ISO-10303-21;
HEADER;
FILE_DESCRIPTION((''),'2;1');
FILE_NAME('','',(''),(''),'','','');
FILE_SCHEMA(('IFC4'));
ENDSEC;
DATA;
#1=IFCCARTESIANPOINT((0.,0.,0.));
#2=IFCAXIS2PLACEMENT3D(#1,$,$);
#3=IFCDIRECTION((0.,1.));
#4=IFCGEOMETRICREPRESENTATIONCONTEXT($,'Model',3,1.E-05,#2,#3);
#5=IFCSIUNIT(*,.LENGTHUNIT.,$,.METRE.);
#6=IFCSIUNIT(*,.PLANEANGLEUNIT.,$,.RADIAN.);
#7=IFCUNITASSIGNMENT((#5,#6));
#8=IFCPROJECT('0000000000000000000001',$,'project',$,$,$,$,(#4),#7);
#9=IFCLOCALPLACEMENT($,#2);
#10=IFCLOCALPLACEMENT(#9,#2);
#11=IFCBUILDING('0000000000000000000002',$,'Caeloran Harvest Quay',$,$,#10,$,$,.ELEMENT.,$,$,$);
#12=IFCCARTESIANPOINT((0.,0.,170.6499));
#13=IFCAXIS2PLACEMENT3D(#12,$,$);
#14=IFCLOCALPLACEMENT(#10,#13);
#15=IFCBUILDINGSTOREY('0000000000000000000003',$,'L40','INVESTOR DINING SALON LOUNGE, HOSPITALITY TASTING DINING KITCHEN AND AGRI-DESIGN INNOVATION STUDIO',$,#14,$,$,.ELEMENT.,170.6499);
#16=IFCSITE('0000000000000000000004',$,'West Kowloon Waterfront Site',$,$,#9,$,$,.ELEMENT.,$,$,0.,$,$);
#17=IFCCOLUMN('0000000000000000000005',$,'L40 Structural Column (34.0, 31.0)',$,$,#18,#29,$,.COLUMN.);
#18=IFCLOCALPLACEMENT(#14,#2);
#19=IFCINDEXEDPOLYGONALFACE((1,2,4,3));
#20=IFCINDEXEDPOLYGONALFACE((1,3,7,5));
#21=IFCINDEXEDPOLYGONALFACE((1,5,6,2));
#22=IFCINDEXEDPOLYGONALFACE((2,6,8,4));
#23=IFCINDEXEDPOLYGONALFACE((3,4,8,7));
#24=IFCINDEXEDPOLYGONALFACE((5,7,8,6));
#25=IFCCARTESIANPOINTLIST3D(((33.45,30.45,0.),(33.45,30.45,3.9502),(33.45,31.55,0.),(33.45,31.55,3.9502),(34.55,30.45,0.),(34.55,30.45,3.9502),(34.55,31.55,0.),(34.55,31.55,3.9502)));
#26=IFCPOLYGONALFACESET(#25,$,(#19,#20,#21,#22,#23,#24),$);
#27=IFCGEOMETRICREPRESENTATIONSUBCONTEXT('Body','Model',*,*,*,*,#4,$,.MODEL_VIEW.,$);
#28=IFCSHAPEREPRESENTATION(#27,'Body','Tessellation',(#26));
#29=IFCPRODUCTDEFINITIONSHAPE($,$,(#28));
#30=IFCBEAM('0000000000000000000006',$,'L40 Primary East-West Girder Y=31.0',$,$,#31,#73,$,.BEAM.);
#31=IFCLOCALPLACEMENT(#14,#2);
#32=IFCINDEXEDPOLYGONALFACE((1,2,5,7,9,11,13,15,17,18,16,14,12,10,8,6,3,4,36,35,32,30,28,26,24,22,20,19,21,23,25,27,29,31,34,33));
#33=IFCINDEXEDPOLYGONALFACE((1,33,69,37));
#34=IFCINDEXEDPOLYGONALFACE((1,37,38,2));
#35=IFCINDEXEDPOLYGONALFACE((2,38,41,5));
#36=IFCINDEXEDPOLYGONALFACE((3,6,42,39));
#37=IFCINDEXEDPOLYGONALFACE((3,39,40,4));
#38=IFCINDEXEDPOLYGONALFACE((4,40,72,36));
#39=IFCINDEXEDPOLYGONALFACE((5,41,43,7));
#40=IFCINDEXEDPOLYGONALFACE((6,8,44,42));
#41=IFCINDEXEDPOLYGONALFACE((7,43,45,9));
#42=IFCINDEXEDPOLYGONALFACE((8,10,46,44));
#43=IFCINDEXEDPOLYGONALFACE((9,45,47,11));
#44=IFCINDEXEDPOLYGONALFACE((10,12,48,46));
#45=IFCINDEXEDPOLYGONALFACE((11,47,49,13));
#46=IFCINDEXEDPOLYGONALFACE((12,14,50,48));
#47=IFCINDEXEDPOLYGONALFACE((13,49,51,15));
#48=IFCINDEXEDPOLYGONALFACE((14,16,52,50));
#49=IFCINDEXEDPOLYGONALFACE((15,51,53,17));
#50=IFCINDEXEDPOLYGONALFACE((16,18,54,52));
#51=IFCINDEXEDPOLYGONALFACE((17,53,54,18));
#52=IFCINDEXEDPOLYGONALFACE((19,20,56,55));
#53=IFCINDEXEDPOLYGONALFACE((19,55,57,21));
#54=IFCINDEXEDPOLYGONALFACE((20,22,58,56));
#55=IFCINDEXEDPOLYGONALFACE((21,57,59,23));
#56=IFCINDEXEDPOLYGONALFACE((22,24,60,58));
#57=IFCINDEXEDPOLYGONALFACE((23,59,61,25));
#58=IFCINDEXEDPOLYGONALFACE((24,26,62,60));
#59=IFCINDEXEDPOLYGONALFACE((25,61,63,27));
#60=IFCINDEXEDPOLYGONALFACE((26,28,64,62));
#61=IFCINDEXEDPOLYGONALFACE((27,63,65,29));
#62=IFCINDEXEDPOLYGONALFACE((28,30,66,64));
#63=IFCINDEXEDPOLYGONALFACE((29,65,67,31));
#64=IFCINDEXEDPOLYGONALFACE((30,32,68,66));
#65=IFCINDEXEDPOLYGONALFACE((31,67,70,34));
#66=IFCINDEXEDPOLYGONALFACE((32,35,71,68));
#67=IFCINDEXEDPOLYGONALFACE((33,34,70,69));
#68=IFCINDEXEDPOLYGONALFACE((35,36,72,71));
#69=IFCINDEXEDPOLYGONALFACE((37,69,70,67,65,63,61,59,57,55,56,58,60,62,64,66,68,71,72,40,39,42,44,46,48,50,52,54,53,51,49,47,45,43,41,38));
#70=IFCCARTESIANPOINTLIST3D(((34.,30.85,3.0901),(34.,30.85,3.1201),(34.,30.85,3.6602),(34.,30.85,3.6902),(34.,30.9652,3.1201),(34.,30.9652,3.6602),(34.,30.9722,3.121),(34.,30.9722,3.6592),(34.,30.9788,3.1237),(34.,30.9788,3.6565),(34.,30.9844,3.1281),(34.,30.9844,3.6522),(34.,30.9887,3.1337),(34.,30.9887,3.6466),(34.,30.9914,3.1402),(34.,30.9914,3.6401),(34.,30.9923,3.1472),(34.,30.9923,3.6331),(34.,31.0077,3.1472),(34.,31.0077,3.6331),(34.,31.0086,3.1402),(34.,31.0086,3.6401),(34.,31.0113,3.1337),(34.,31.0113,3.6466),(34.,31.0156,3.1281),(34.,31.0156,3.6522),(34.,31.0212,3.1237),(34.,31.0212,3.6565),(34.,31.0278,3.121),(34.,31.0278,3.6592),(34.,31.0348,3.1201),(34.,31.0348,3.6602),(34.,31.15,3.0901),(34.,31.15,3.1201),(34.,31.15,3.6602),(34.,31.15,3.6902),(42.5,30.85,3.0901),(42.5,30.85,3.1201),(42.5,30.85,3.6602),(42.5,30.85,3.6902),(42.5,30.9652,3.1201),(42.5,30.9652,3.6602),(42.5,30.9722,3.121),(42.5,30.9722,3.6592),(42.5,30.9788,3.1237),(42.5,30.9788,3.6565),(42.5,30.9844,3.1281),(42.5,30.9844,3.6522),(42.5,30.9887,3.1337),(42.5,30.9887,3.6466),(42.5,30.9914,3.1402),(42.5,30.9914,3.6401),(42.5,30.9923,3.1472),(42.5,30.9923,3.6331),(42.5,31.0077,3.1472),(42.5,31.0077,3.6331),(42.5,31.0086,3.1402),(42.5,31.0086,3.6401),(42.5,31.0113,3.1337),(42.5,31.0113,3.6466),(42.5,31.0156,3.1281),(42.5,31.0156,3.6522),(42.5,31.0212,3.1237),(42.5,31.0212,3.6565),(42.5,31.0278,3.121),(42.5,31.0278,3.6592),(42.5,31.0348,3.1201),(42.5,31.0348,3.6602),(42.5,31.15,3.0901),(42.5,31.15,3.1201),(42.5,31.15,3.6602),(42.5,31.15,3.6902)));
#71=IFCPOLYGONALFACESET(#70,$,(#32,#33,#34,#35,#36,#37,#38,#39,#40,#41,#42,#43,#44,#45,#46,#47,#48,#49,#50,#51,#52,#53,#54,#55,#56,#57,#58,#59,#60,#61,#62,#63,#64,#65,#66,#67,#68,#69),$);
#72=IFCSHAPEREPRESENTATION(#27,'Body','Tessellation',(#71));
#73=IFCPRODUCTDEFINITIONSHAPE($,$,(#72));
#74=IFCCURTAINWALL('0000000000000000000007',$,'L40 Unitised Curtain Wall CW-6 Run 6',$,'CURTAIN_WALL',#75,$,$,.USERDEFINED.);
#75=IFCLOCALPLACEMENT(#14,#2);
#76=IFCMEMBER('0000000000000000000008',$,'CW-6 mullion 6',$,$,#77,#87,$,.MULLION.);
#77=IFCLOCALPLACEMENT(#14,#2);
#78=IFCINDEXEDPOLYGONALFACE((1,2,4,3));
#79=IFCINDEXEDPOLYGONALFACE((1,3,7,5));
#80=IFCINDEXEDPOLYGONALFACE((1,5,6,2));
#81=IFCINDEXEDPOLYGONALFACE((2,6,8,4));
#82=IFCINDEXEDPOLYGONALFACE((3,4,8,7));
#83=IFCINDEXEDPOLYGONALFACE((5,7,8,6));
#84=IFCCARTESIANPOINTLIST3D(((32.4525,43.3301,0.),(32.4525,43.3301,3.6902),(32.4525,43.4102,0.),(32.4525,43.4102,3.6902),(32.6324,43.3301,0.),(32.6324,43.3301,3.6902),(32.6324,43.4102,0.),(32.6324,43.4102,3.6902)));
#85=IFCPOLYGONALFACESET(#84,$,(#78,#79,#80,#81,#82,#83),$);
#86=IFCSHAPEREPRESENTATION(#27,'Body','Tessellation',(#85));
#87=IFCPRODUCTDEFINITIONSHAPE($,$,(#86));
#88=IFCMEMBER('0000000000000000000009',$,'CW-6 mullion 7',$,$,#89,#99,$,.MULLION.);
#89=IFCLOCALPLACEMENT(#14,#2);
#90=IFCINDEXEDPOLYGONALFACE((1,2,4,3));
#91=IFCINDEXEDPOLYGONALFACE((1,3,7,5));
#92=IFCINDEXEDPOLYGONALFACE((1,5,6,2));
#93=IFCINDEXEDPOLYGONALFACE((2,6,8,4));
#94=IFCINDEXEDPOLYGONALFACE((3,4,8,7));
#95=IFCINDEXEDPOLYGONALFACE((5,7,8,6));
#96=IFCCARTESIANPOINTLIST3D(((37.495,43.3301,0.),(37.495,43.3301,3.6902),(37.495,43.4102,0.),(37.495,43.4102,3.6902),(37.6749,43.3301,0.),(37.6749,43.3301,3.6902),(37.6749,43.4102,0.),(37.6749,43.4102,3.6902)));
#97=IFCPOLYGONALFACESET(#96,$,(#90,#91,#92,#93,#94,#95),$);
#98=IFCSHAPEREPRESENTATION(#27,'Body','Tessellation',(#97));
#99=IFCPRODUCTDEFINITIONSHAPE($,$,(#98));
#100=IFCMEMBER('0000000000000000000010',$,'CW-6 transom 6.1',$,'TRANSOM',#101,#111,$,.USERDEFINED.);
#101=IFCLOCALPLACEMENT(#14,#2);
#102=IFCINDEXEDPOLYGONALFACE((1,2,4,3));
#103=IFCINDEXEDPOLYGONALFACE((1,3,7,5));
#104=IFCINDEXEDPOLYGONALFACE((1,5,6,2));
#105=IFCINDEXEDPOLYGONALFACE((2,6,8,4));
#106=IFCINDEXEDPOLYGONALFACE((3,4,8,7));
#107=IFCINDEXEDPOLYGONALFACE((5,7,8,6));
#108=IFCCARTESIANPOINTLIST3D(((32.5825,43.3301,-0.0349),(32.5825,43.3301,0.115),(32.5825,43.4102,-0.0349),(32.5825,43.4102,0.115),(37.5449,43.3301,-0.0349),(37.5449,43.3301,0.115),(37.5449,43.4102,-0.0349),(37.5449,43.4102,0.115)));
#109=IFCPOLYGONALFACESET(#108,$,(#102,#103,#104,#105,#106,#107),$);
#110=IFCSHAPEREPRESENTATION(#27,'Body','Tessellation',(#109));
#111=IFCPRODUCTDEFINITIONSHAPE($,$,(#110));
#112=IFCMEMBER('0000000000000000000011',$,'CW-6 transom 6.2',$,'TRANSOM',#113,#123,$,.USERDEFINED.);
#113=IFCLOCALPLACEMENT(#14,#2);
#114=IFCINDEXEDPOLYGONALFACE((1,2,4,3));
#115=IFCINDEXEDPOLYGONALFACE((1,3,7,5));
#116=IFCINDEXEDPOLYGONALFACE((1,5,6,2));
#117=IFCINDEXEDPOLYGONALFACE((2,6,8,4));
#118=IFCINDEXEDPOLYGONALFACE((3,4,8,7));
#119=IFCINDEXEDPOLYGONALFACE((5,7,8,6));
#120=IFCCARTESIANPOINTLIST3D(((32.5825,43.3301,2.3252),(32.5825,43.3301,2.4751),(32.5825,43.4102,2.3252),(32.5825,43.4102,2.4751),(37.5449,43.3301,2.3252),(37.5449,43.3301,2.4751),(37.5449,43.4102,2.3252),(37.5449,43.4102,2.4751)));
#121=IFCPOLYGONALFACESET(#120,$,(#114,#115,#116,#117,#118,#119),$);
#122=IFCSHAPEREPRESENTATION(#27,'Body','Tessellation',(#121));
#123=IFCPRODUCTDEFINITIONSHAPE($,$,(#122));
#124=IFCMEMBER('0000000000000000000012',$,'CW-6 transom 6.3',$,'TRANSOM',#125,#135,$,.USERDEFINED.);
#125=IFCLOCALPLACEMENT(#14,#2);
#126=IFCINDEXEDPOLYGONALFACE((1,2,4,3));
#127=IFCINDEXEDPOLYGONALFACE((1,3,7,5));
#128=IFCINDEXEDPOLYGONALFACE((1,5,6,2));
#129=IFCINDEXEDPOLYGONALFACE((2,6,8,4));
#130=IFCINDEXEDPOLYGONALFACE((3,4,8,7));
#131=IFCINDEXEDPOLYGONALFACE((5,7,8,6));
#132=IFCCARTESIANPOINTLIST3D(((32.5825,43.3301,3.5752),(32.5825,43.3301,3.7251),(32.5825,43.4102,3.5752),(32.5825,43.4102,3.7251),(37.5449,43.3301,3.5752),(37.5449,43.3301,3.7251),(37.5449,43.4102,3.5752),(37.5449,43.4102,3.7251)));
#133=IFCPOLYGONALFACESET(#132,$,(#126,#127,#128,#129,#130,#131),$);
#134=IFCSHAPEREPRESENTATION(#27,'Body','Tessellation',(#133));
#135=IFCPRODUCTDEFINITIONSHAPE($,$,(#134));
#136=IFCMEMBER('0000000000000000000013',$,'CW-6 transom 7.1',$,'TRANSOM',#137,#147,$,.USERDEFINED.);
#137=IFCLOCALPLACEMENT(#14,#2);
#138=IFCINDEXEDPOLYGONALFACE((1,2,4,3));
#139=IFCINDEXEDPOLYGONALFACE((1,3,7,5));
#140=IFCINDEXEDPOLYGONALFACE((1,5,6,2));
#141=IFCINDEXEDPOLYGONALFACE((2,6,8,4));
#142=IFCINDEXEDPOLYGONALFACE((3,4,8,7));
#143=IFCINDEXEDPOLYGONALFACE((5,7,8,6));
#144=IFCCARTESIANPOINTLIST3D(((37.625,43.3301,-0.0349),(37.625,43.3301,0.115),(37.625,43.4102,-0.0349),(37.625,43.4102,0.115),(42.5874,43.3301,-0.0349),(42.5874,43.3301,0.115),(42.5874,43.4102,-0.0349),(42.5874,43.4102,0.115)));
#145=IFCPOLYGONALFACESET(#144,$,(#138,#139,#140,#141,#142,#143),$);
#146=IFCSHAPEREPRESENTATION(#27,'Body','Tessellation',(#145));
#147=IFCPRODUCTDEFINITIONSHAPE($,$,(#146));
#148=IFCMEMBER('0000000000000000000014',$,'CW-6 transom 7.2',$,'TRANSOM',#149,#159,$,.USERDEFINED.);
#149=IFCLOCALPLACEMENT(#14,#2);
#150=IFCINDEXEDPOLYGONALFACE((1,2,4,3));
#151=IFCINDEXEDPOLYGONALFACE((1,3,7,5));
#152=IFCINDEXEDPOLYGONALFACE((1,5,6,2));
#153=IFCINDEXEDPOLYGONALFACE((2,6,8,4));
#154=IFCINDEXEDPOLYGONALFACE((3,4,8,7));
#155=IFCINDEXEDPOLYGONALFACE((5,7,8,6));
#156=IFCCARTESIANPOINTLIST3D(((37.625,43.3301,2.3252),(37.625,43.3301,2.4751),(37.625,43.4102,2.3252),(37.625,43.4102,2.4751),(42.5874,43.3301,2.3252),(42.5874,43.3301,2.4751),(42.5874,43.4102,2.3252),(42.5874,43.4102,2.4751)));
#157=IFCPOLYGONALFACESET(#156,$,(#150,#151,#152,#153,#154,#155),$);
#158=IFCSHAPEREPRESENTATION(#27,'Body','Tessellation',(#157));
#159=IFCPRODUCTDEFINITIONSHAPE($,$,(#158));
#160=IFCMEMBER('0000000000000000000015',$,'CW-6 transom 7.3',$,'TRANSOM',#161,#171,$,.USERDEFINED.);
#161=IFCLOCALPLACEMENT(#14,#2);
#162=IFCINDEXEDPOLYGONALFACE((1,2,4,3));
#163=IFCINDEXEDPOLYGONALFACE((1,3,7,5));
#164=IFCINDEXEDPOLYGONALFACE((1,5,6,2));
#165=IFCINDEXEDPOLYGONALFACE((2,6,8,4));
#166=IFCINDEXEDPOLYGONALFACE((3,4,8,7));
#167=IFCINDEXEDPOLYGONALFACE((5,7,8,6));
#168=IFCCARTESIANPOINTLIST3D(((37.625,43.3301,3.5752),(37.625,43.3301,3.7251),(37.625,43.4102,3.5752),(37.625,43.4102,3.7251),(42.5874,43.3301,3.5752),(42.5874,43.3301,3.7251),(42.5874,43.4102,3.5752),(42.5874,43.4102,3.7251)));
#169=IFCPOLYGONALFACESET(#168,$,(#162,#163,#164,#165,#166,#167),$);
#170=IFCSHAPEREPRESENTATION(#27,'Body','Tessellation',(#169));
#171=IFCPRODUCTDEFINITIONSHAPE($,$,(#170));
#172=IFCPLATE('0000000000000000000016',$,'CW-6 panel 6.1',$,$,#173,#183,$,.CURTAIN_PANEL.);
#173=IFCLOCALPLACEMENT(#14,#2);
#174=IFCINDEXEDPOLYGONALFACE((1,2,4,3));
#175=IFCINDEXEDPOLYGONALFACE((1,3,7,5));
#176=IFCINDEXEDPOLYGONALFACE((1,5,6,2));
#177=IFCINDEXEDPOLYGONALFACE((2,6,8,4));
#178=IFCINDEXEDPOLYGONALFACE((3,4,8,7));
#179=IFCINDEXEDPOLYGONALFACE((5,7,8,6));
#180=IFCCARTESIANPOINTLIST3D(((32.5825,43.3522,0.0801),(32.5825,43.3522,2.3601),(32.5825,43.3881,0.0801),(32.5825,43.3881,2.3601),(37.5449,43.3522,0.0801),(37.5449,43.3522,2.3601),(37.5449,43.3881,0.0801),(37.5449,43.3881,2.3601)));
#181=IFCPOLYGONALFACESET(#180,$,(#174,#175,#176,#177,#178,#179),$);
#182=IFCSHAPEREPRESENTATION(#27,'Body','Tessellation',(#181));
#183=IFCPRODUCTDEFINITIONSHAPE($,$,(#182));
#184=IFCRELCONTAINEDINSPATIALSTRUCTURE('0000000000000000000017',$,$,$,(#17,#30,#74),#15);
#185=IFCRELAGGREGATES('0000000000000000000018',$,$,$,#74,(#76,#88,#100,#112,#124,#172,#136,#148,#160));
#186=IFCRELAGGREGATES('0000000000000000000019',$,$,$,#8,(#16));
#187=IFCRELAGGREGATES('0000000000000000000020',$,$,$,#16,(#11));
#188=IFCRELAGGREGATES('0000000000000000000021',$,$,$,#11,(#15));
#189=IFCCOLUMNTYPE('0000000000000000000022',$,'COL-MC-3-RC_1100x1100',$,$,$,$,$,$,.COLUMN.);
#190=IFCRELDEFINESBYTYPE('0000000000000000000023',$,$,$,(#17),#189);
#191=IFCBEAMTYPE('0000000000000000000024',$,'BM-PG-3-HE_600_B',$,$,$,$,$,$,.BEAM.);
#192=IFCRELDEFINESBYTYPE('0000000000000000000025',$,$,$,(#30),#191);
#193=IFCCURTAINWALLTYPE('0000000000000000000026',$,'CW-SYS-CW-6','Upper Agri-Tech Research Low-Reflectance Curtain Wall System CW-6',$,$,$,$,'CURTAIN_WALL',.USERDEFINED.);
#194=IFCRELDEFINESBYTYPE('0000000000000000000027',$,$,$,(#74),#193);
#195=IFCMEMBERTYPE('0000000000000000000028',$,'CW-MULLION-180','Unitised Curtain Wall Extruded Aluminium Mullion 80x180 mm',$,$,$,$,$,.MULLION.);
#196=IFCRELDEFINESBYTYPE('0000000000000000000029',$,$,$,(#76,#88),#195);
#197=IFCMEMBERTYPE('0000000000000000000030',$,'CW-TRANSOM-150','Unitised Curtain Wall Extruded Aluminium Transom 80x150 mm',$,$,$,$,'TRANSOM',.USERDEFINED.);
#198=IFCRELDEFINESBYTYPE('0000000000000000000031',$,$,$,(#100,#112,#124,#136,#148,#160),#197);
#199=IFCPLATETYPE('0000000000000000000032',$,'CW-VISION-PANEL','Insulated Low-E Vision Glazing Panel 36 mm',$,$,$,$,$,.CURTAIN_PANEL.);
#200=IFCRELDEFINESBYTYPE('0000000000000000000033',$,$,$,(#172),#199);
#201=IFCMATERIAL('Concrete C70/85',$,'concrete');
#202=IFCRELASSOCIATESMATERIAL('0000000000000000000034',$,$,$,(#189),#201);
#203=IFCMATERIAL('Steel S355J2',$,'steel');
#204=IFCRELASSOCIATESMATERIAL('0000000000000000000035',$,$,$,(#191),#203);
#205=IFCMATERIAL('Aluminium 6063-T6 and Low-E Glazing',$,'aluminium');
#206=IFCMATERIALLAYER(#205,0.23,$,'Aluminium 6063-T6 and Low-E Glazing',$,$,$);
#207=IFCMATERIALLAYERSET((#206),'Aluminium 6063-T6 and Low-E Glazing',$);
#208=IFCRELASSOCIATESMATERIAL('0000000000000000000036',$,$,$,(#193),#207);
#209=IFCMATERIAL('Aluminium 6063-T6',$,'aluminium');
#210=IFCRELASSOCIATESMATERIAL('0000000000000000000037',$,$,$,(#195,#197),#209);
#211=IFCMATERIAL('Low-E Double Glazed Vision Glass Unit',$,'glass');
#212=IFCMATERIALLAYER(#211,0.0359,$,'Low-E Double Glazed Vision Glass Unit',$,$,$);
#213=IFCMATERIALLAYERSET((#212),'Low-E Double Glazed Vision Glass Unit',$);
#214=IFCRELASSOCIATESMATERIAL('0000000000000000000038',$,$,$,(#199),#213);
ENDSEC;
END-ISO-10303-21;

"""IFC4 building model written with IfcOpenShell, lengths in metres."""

from ifc_helpers import new_model, si_unit, direction, frame, origin, origin_2d, place, context, subcontext, project, spatial, rectangle, i_section, extrude, material, layer, layer_set, material_profile, profile_set, type_object, element, aggregate, save


model = new_model("IFC4")

# Units and contexts
model_context = context("Model", 3, precision=1e-05, world=origin(), true_north=direction((0.0, 1.0)))
body_context = subcontext(model_context, "Body", "Model", "MODEL_VIEW")
ifc_project = project(units=[si_unit("LENGTHUNIT", "METRE"), si_unit("PLANEANGLEUNIT", "RADIAN")], contexts=[model_context])

# Site, building, storey
site_placement = place(None, origin())
site = spatial("IfcSite", under=ifc_project, at=site_placement, Name="West Kowloon Waterfront Site", CompositionType="ELEMENT", RefElevation=0.0)
building_placement = place(site_placement, origin())
building = spatial("IfcBuilding", under=site, at=building_placement, Name="Caeloran Harvest Quay", CompositionType="ELEMENT")
storey_placement = place(building_placement, frame((0.0, 0.0, 170.6499)))
storey = spatial("IfcBuildingStorey", under=building, at=storey_placement, Name="L40", Description="INVESTOR DINING SALON LOUNGE, HOSPITALITY TASTING DINING KITCHEN AND AGRI-DESIGN INNOVATION STUDIO", CompositionType="ELEMENT", Elevation=170.6499)

# Column
ifc_material_1 = material(Name="Concrete C70/85", Category="concrete")
ifc_material_profile_1 = material_profile(ifc_material_1, rectangle(XDim=1.1001, YDim=1.1001, at=origin_2d()), Name="RC 1100x1100")
ifc_profile_set_1 = profile_set([ifc_material_profile_1], Name="Concrete C70/85")
column_type = type_object("IfcColumnType", Name="COL-MC-3-RC_1100x1100", PredefinedType="COLUMN", material=ifc_profile_set_1)
column_placement = place(storey_placement, frame((34.0, 31.0, 0.0), z_axis=(0.0, 0.0, 1.0), x_axis=(1.0, 0.0, 0.0)))
element("IfcColumn", 1, at=column_placement, inside=storey, type_object=column_type, Name="L40 Structural Column (34.0, 31.0)", PredefinedType="COLUMN", context=body_context, shape_type="SweptSolid", body=[
    extrude(rectangle(XDim=1.1001, YDim=1.1001, at=origin_2d()), origin(), (0.0, 0.0, 1.0), 3.9502),
])

# Beam
ifc_material_2 = material(Name="Steel S355J2", Category="steel")
ifc_material_profile_2 = material_profile(ifc_material_2, i_section(OverallWidth=0.3, OverallDepth=0.6001, WebThickness=0.0154, FlangeThickness=0.03, FilletRadius=0.0271, at=origin_2d()), Name="HE 600 B")
ifc_profile_set_2 = profile_set([ifc_material_profile_2], Name="Steel S355J2")
beam_type = type_object("IfcBeamType", Name="BM-PG-3-HE_600_B", PredefinedType="BEAM", material=ifc_profile_set_2)
beam_placement = place(storey_placement, frame((34.0, 31.0, 3.3901), z_axis=(1.0, 0.0, 0.0), x_axis=(0.0, 1.0, 0.0)))
element("IfcBeam", 2, at=beam_placement, inside=storey, type_object=beam_type, Name="L40 Primary East-West Girder Y=31.0", PredefinedType="BEAM", context=body_context, shape_type="SweptSolid", body=[
    extrude(i_section(OverallWidth=0.3, OverallDepth=0.6001, WebThickness=0.0154, FlangeThickness=0.03, FilletRadius=0.0271, at=origin_2d()), origin(), (0.0, 0.0, 1.0), 8.5),
])

# Curtain wall, members, plate
ifc_material_3 = material(Name="Aluminium 6063-T6 and Low-E Glazing", Category="aluminium")
ifc_layer_1 = layer(ifc_material_3, 0.23, Name="Aluminium 6063-T6 and Low-E Glazing")
ifc_layer_set_1 = layer_set([ifc_layer_1], Name="Aluminium 6063-T6 and Low-E Glazing")
curtain_wall_type = type_object("IfcCurtainWallType", Name="CW-SYS-CW-6", Description="Upper Agri-Tech Research Low-Reflectance Curtain Wall System CW-6", ElementType="CURTAIN_WALL", PredefinedType="USERDEFINED", material=ifc_layer_set_1)
curtain_wall_placement = place(storey_placement, origin())
curtain_wall = element("IfcCurtainWall", 3, at=curtain_wall_placement, inside=storey, type_object=curtain_wall_type, Name="L40 Unitised Curtain Wall CW-6 Run 6", ObjectType="CURTAIN_WALL", PredefinedType="USERDEFINED")
ifc_material_4 = material(Name="Aluminium 6063-T6", Category="aluminium")
ifc_material_profile_3 = material_profile(ifc_material_4, rectangle(XDim=0.0801, YDim=0.1799, at=origin_2d()), Name="CW-MULLION-180")
ifc_profile_set_3 = profile_set([ifc_material_profile_3], Name="Aluminium 6063-T6")
member_type_1 = type_object("IfcMemberType", Name="CW-MULLION-180", Description="Unitised Curtain Wall Extruded Aluminium Mullion 80x180 mm", PredefinedType="MULLION", material=ifc_profile_set_3)
member_1_placement = place(storey_placement, frame((32.5425, 43.3701, 0.0), z_axis=(0.0, 0.0, 1.0), x_axis=(0.0, 1.0, 0.0)))
member_1 = element("IfcMember", 4, at=member_1_placement, type_object=member_type_1, Name="CW-6 mullion 6", PredefinedType="MULLION", context=body_context, shape_type="SweptSolid", body=[
    extrude(rectangle(XDim=0.0801, YDim=0.1799, at=origin_2d()), origin(), (0.0, 0.0, 1.0), 3.6902),
])
member_2_placement = place(storey_placement, frame((37.585, 43.3701, 0.0), z_axis=(0.0, 0.0, 1.0), x_axis=(0.0, 1.0, 0.0)))
member_2 = element("IfcMember", 5, at=member_2_placement, type_object=member_type_1, Name="CW-6 mullion 7", PredefinedType="MULLION", context=body_context, shape_type="SweptSolid", body=[
    extrude(rectangle(XDim=0.0801, YDim=0.1799, at=origin_2d()), origin(), (0.0, 0.0, 1.0), 3.6902),
])
ifc_material_profile_4 = material_profile(ifc_material_4, rectangle(XDim=0.0801, YDim=0.1499, at=origin_2d()), Name="CW-TRANSOM-150")
ifc_profile_set_4 = profile_set([ifc_material_profile_4], Name="Aluminium 6063-T6")
member_type_2 = type_object("IfcMemberType", Name="CW-TRANSOM-150", Description="Unitised Curtain Wall Extruded Aluminium Transom 80x150 mm", ElementType="TRANSOM", PredefinedType="USERDEFINED", material=ifc_profile_set_4)
member_3_placement = place(storey_placement, frame((32.5825, 43.3701, 0.04), z_axis=(1.0, 0.0, 0.0), x_axis=(0.0, 1.0, 0.0)))
member_3 = element("IfcMember", 6, at=member_3_placement, type_object=member_type_2, Name="CW-6 transom 6.1", ObjectType="TRANSOM", PredefinedType="USERDEFINED", context=body_context, shape_type="SweptSolid", body=[
    extrude(rectangle(XDim=0.0801, YDim=0.1499, at=origin_2d()), origin(), (0.0, 0.0, 1.0), 4.9624),
])
member_4_placement = place(storey_placement, frame((32.5825, 43.3701, 2.4001), z_axis=(1.0, 0.0, 0.0), x_axis=(0.0, 1.0, 0.0)))
member_4 = element("IfcMember", 7, at=member_4_placement, type_object=member_type_2, Name="CW-6 transom 6.2", ObjectType="TRANSOM", PredefinedType="USERDEFINED", context=body_context, shape_type="SweptSolid", body=[
    extrude(rectangle(XDim=0.0801, YDim=0.1499, at=origin_2d()), origin(), (0.0, 0.0, 1.0), 4.9624),
])
member_5_placement = place(storey_placement, frame((32.5825, 43.3701, 3.6501), z_axis=(1.0, 0.0, 0.0), x_axis=(0.0, 1.0, 0.0)))
member_5 = element("IfcMember", 8, at=member_5_placement, type_object=member_type_2, Name="CW-6 transom 6.3", ObjectType="TRANSOM", PredefinedType="USERDEFINED", context=body_context, shape_type="SweptSolid", body=[
    extrude(rectangle(XDim=0.0801, YDim=0.1499, at=origin_2d()), origin(), (0.0, 0.0, 1.0), 4.9624),
])
member_6_placement = place(storey_placement, frame((37.625, 43.3701, 0.04), z_axis=(1.0, 0.0, 0.0), x_axis=(0.0, 1.0, 0.0)))
member_6 = element("IfcMember", 9, at=member_6_placement, type_object=member_type_2, Name="CW-6 transom 7.1", ObjectType="TRANSOM", PredefinedType="USERDEFINED", context=body_context, shape_type="SweptSolid", body=[
    extrude(rectangle(XDim=0.0801, YDim=0.1499, at=origin_2d()), origin(), (0.0, 0.0, 1.0), 4.9624),
])
member_7_placement = place(storey_placement, frame((37.625, 43.3701, 2.4001), z_axis=(1.0, 0.0, 0.0), x_axis=(0.0, 1.0, 0.0)))
member_7 = element("IfcMember", 10, at=member_7_placement, type_object=member_type_2, Name="CW-6 transom 7.2", ObjectType="TRANSOM", PredefinedType="USERDEFINED", context=body_context, shape_type="SweptSolid", body=[
    extrude(rectangle(XDim=0.0801, YDim=0.1499, at=origin_2d()), origin(), (0.0, 0.0, 1.0), 4.9624),
])
member_8_placement = place(storey_placement, frame((37.625, 43.3701, 3.6501), z_axis=(1.0, 0.0, 0.0), x_axis=(0.0, 1.0, 0.0)))
member_8 = element("IfcMember", 11, at=member_8_placement, type_object=member_type_2, Name="CW-6 transom 7.3", ObjectType="TRANSOM", PredefinedType="USERDEFINED", context=body_context, shape_type="SweptSolid", body=[
    extrude(rectangle(XDim=0.0801, YDim=0.1499, at=origin_2d()), origin(), (0.0, 0.0, 1.0), 4.9624),
])
ifc_material_5 = material(Name="Low-E Double Glazed Vision Glass Unit", Category="glass")
ifc_layer_2 = layer(ifc_material_5, 0.0359, Name="Low-E Double Glazed Vision Glass Unit")
ifc_layer_set_2 = layer_set([ifc_layer_2], Name="Low-E Double Glazed Vision Glass Unit")
plate_type = type_object("IfcPlateType", Name="CW-VISION-PANEL", Description="Insulated Low-E Vision Glazing Panel 36 mm", PredefinedType="CURTAIN_PANEL", material=ifc_layer_set_2)
plate_1_placement = place(storey_placement, frame((35.0637, 43.3701, 0.0801), z_axis=(0.0, 0.0, 1.0), x_axis=(1.0, 0.0, 0.0)))
plate_1 = element("IfcPlate", 12, at=plate_1_placement, type_object=plate_type, Name="CW-6 panel 6.1", PredefinedType="CURTAIN_PANEL", context=body_context, shape_type="SweptSolid", body=[
    extrude(rectangle(XDim=4.9624, YDim=0.0359, at=origin_2d()), origin(), (0.0, 0.0, 1.0), 2.28),
])
aggregate(curtain_wall, [member_1, member_2, member_3, member_4, member_5, plate_1, member_6, member_7, member_8])

save(model, "model.ifc")
